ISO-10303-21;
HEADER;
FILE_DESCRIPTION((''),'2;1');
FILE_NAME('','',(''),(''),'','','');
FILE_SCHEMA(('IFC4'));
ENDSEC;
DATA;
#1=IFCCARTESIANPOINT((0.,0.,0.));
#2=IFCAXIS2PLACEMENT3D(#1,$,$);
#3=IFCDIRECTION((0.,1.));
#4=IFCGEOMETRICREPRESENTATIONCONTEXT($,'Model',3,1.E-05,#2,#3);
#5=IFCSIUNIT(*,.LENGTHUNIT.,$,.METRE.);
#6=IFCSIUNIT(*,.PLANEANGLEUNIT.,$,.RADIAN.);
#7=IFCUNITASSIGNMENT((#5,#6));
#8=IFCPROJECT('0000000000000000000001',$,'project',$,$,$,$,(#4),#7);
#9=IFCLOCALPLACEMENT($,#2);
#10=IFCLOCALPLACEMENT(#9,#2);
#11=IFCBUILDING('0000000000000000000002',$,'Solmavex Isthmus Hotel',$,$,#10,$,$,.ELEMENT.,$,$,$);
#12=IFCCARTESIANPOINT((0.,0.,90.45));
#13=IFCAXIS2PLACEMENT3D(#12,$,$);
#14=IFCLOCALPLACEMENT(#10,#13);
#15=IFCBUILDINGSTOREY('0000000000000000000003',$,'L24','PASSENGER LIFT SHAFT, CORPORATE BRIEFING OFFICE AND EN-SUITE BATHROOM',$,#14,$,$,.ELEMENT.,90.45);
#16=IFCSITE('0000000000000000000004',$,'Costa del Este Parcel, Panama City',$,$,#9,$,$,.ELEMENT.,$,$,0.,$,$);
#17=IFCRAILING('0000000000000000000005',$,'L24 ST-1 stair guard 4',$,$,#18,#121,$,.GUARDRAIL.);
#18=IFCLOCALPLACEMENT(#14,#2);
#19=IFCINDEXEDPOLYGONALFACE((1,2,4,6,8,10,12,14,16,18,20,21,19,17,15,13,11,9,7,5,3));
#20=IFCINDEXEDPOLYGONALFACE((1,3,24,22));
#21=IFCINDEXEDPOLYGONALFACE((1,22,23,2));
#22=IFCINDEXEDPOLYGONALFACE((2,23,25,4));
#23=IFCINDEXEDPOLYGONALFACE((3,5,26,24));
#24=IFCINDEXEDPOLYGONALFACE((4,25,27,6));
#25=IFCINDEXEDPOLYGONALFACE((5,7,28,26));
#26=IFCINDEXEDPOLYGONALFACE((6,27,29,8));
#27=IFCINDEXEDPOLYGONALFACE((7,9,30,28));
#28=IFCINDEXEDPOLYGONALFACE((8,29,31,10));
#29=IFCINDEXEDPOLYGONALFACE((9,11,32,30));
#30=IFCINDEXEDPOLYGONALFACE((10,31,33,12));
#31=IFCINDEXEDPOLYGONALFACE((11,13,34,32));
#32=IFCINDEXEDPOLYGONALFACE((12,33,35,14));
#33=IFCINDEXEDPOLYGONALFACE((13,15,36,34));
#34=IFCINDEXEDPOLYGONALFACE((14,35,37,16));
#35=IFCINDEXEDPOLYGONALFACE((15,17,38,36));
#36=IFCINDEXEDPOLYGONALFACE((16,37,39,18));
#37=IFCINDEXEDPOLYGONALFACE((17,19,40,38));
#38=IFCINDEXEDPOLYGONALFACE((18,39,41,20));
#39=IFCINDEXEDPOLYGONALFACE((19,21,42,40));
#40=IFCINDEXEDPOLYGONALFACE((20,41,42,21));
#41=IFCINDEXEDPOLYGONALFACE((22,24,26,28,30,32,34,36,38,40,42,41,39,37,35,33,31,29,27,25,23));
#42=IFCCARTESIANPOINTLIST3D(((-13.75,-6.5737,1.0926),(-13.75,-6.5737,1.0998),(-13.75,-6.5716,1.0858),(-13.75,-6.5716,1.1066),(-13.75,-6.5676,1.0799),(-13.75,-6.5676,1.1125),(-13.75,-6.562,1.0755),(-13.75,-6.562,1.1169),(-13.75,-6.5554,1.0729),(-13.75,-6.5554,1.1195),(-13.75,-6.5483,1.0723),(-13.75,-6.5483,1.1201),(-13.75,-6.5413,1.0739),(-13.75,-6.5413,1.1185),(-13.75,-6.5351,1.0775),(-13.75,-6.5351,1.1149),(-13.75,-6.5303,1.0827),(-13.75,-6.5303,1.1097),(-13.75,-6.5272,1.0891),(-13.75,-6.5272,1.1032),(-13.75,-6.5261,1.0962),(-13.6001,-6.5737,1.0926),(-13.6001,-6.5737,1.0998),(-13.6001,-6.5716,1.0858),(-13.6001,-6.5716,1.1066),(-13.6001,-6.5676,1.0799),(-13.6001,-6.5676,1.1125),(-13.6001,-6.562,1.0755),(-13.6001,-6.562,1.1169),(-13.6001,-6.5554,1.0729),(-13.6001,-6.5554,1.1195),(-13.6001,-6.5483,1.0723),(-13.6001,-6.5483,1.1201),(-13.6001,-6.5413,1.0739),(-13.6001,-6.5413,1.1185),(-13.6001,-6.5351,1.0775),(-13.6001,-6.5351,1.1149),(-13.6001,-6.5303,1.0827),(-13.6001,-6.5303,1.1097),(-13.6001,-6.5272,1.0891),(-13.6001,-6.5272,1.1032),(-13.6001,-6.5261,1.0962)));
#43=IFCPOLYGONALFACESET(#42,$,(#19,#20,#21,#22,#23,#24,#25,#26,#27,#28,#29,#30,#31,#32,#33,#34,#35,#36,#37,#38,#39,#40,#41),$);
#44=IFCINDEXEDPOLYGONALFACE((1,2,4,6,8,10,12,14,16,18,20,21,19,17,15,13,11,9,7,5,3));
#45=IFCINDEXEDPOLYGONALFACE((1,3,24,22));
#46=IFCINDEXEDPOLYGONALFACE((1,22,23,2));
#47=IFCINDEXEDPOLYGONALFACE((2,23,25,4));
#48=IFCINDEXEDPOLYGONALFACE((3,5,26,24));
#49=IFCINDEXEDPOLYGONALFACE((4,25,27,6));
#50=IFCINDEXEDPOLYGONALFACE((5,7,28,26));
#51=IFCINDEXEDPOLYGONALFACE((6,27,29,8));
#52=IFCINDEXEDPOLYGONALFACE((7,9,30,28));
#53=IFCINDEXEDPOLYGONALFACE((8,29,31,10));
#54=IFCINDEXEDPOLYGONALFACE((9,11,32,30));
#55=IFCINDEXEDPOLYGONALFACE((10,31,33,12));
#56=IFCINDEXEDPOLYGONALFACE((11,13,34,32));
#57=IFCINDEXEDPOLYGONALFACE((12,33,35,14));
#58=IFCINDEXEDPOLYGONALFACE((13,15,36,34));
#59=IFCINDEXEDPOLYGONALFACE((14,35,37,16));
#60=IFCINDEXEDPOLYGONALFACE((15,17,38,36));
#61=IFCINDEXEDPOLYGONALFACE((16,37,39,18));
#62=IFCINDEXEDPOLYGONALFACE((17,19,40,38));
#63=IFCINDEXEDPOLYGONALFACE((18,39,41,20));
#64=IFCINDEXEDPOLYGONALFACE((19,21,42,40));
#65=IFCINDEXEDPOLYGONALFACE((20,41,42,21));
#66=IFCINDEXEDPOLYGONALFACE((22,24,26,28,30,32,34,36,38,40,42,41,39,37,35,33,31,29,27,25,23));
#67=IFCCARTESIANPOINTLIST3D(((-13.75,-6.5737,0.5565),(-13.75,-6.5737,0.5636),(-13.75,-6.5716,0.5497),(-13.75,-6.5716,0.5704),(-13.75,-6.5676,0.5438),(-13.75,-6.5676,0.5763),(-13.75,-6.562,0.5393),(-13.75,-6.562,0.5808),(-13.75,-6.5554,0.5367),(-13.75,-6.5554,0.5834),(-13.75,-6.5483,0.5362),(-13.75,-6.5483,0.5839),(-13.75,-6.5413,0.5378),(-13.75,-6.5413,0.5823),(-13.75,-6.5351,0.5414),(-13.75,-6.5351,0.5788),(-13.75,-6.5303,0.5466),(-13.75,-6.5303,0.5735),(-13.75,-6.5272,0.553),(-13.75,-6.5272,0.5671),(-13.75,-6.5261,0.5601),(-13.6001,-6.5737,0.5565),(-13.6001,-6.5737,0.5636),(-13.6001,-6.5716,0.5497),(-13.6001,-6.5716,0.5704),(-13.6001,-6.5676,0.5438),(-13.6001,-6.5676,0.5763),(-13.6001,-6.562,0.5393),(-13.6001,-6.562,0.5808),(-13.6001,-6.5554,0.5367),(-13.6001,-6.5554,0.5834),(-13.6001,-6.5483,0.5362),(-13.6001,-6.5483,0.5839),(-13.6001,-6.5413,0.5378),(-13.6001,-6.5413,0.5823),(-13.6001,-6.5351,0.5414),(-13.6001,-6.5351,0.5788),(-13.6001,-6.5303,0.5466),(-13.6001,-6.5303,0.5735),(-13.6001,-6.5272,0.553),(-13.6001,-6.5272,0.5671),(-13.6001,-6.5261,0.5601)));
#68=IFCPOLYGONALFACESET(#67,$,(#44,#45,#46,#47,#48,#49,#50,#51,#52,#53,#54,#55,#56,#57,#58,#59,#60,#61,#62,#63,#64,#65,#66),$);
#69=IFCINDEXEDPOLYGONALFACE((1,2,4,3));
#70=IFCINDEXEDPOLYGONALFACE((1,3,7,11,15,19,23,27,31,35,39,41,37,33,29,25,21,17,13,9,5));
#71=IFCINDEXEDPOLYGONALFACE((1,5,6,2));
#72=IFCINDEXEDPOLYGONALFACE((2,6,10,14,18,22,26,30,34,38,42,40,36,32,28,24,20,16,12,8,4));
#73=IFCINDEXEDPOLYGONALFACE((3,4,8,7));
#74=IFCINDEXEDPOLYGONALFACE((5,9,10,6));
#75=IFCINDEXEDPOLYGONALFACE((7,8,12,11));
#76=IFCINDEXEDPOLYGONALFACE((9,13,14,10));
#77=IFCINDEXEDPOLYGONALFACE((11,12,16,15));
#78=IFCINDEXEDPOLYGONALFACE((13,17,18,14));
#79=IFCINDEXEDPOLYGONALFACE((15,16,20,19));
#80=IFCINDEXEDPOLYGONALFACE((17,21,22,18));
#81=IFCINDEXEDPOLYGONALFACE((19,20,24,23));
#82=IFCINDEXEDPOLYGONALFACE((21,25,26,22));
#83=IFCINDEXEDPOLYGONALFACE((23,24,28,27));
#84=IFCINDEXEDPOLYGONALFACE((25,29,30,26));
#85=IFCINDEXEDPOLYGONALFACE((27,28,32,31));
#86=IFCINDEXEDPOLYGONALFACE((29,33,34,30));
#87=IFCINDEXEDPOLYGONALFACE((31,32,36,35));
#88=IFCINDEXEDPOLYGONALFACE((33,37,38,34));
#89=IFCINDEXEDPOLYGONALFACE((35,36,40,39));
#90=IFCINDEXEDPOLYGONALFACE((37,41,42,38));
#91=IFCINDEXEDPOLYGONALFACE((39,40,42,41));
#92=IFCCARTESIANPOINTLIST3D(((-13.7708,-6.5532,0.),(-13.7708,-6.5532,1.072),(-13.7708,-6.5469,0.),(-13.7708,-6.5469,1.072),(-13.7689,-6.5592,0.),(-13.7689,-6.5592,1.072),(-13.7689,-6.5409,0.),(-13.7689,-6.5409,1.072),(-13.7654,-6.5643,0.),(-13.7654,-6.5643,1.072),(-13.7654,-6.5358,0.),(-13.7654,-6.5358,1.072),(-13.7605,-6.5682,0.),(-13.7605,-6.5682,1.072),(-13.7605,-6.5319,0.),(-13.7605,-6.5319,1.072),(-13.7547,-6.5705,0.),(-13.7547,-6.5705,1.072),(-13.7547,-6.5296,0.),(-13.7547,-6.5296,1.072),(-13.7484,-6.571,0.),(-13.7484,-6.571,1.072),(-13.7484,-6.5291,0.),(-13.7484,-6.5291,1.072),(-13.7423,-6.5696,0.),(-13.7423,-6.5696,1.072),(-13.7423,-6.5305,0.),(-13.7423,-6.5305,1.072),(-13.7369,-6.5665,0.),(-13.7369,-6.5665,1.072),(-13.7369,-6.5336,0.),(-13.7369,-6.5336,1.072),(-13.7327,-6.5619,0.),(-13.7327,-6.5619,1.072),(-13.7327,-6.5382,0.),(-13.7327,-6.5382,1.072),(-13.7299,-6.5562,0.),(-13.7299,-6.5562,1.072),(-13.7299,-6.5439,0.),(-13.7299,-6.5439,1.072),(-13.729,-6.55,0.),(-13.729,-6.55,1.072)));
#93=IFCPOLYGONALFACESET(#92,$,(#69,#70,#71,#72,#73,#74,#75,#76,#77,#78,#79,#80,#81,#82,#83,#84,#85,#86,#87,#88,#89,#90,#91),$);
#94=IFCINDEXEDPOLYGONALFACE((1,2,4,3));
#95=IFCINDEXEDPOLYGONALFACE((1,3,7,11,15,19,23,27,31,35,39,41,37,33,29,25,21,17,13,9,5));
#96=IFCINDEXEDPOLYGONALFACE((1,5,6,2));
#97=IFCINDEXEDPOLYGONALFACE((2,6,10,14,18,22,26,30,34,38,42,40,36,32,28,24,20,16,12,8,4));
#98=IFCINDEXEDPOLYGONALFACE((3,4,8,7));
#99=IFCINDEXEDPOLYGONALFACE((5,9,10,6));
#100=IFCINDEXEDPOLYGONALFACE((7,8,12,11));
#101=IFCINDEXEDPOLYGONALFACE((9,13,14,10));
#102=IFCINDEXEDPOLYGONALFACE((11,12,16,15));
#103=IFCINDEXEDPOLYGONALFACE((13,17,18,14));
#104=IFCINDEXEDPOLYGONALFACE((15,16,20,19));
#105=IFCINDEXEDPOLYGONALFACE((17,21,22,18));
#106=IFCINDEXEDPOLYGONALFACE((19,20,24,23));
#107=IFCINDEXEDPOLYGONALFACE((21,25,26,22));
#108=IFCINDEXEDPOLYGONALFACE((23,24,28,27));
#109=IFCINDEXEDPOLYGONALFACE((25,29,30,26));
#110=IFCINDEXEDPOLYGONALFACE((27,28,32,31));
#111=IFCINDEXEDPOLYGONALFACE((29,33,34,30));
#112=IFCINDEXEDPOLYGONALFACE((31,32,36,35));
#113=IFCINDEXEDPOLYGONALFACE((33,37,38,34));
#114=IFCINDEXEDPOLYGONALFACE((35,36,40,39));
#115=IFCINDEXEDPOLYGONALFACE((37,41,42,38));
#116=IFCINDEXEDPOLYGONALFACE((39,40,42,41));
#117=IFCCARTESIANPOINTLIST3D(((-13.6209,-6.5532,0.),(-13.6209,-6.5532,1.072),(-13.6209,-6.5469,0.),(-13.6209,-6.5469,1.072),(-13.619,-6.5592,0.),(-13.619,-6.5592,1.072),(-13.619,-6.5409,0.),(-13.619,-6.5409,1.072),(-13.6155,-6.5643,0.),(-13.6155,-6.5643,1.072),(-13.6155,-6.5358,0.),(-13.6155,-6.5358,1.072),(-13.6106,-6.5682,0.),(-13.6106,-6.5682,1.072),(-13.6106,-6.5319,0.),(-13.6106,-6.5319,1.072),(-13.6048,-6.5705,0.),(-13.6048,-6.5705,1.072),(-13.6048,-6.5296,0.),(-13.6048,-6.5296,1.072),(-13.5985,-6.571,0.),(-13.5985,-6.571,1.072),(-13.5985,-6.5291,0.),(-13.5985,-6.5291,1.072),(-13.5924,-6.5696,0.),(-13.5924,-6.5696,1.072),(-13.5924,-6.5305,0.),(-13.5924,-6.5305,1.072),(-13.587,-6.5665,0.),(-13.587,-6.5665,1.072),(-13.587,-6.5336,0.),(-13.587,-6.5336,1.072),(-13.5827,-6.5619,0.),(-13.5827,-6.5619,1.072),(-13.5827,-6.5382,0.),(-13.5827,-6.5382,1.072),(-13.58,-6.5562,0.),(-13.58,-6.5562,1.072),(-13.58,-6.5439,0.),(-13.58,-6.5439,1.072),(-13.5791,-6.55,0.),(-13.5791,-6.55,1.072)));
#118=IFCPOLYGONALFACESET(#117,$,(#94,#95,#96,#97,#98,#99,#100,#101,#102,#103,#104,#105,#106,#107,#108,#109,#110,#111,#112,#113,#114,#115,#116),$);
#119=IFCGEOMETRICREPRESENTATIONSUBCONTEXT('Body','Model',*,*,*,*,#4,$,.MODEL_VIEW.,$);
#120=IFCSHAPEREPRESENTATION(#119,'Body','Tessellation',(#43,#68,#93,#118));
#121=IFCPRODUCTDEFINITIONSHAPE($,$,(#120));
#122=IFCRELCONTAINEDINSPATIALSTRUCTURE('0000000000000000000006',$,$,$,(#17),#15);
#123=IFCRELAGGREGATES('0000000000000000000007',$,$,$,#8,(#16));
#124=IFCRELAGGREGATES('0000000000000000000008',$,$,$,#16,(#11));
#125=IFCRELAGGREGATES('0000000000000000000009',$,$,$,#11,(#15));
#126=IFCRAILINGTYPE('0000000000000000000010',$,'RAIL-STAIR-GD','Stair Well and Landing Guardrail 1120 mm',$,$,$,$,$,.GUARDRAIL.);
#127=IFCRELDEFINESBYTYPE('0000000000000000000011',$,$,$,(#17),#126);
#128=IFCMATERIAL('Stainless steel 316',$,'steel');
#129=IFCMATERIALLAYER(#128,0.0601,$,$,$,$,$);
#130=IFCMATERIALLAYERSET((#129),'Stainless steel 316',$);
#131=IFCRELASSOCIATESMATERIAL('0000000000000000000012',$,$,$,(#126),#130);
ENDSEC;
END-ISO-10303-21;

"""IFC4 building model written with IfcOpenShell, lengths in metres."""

from ifc_helpers import new_model, si_unit, direction, frame, origin, origin_2d, place, context, subcontext, project, spatial, circle, extrude, material, layer, layer_set, type_object, element, save


model = new_model("IFC4")

# Units and contexts
model_context = context("Model", 3, precision=1e-05, world=origin(), true_north=direction((0.0, 1.0)))
body_context = subcontext(model_context, "Body", "Model", "MODEL_VIEW")
ifc_project = project(units=[si_unit("LENGTHUNIT", "METRE"), si_unit("PLANEANGLEUNIT", "RADIAN")], contexts=[model_context])

# Site, building, storey
site_placement = place(None, origin())
site = spatial("IfcSite", under=ifc_project, at=site_placement, Name="Costa del Este Parcel, Panama City", CompositionType="ELEMENT", RefElevation=0.0)
building_placement = place(site_placement, origin())
building = spatial("IfcBuilding", under=site, at=building_placement, Name="Solmavex Isthmus Hotel", CompositionType="ELEMENT")
storey_placement = place(building_placement, frame((0.0, 0.0, 90.45)))
storey = spatial("IfcBuildingStorey", under=building, at=storey_placement, Name="L24", Description="PASSENGER LIFT SHAFT, CORPORATE BRIEFING OFFICE AND EN-SUITE BATHROOM", CompositionType="ELEMENT", Elevation=90.45)

# Shared definitions
ifc_material_1 = material(Name="Stainless steel 316", Category="steel")

# Railing
ifc_layer_1 = layer(ifc_material_1, 0.0601)
ifc_layer_set_1 = layer_set([ifc_layer_1], Name="Stainless steel 316")
railing_type_1 = type_object("IfcRailingType", Name="RAIL-STAIR-GD", Description="Stair Well and Landing Guardrail 1120 mm", PredefinedType="GUARDRAIL", material=ifc_layer_set_1)
railing_1_placement = place(storey_placement, frame((-13.75, -6.55, 0.0)))
element("IfcRailing", 1, at=railing_1_placement, inside=storey, type_object=railing_type_1, Name="L24 ST-1 stair guard 4", PredefinedType="GUARDRAIL", context=body_context, shape_type="SweptSolid", body=[
    extrude(circle(Radius=0.0239, at=origin_2d()), frame((0.0, 0.0, 1.0962), z_axis=(1.0, 0.0, 0.0), x_axis=(0.0, 1.0, 0.0)), (0.0, 0.0, 1.0), 0.1499),
    extrude(circle(Radius=0.0239, at=origin_2d()), frame((0.0, 0.0, 0.5601), z_axis=(1.0, 0.0, 0.0), x_axis=(0.0, 1.0, 0.0)), (0.0, 0.0, 1.0), 0.1499),
    extrude(circle(Radius=0.021, at=origin_2d()), origin(), (0.0, 0.0, 1.0), 1.072),
    extrude(circle(Radius=0.021, at=origin_2d()), frame((0.1499, 0.0, 0.0)), (0.0, 0.0, 1.0), 1.072),
])

save(model, "model.ifc")
